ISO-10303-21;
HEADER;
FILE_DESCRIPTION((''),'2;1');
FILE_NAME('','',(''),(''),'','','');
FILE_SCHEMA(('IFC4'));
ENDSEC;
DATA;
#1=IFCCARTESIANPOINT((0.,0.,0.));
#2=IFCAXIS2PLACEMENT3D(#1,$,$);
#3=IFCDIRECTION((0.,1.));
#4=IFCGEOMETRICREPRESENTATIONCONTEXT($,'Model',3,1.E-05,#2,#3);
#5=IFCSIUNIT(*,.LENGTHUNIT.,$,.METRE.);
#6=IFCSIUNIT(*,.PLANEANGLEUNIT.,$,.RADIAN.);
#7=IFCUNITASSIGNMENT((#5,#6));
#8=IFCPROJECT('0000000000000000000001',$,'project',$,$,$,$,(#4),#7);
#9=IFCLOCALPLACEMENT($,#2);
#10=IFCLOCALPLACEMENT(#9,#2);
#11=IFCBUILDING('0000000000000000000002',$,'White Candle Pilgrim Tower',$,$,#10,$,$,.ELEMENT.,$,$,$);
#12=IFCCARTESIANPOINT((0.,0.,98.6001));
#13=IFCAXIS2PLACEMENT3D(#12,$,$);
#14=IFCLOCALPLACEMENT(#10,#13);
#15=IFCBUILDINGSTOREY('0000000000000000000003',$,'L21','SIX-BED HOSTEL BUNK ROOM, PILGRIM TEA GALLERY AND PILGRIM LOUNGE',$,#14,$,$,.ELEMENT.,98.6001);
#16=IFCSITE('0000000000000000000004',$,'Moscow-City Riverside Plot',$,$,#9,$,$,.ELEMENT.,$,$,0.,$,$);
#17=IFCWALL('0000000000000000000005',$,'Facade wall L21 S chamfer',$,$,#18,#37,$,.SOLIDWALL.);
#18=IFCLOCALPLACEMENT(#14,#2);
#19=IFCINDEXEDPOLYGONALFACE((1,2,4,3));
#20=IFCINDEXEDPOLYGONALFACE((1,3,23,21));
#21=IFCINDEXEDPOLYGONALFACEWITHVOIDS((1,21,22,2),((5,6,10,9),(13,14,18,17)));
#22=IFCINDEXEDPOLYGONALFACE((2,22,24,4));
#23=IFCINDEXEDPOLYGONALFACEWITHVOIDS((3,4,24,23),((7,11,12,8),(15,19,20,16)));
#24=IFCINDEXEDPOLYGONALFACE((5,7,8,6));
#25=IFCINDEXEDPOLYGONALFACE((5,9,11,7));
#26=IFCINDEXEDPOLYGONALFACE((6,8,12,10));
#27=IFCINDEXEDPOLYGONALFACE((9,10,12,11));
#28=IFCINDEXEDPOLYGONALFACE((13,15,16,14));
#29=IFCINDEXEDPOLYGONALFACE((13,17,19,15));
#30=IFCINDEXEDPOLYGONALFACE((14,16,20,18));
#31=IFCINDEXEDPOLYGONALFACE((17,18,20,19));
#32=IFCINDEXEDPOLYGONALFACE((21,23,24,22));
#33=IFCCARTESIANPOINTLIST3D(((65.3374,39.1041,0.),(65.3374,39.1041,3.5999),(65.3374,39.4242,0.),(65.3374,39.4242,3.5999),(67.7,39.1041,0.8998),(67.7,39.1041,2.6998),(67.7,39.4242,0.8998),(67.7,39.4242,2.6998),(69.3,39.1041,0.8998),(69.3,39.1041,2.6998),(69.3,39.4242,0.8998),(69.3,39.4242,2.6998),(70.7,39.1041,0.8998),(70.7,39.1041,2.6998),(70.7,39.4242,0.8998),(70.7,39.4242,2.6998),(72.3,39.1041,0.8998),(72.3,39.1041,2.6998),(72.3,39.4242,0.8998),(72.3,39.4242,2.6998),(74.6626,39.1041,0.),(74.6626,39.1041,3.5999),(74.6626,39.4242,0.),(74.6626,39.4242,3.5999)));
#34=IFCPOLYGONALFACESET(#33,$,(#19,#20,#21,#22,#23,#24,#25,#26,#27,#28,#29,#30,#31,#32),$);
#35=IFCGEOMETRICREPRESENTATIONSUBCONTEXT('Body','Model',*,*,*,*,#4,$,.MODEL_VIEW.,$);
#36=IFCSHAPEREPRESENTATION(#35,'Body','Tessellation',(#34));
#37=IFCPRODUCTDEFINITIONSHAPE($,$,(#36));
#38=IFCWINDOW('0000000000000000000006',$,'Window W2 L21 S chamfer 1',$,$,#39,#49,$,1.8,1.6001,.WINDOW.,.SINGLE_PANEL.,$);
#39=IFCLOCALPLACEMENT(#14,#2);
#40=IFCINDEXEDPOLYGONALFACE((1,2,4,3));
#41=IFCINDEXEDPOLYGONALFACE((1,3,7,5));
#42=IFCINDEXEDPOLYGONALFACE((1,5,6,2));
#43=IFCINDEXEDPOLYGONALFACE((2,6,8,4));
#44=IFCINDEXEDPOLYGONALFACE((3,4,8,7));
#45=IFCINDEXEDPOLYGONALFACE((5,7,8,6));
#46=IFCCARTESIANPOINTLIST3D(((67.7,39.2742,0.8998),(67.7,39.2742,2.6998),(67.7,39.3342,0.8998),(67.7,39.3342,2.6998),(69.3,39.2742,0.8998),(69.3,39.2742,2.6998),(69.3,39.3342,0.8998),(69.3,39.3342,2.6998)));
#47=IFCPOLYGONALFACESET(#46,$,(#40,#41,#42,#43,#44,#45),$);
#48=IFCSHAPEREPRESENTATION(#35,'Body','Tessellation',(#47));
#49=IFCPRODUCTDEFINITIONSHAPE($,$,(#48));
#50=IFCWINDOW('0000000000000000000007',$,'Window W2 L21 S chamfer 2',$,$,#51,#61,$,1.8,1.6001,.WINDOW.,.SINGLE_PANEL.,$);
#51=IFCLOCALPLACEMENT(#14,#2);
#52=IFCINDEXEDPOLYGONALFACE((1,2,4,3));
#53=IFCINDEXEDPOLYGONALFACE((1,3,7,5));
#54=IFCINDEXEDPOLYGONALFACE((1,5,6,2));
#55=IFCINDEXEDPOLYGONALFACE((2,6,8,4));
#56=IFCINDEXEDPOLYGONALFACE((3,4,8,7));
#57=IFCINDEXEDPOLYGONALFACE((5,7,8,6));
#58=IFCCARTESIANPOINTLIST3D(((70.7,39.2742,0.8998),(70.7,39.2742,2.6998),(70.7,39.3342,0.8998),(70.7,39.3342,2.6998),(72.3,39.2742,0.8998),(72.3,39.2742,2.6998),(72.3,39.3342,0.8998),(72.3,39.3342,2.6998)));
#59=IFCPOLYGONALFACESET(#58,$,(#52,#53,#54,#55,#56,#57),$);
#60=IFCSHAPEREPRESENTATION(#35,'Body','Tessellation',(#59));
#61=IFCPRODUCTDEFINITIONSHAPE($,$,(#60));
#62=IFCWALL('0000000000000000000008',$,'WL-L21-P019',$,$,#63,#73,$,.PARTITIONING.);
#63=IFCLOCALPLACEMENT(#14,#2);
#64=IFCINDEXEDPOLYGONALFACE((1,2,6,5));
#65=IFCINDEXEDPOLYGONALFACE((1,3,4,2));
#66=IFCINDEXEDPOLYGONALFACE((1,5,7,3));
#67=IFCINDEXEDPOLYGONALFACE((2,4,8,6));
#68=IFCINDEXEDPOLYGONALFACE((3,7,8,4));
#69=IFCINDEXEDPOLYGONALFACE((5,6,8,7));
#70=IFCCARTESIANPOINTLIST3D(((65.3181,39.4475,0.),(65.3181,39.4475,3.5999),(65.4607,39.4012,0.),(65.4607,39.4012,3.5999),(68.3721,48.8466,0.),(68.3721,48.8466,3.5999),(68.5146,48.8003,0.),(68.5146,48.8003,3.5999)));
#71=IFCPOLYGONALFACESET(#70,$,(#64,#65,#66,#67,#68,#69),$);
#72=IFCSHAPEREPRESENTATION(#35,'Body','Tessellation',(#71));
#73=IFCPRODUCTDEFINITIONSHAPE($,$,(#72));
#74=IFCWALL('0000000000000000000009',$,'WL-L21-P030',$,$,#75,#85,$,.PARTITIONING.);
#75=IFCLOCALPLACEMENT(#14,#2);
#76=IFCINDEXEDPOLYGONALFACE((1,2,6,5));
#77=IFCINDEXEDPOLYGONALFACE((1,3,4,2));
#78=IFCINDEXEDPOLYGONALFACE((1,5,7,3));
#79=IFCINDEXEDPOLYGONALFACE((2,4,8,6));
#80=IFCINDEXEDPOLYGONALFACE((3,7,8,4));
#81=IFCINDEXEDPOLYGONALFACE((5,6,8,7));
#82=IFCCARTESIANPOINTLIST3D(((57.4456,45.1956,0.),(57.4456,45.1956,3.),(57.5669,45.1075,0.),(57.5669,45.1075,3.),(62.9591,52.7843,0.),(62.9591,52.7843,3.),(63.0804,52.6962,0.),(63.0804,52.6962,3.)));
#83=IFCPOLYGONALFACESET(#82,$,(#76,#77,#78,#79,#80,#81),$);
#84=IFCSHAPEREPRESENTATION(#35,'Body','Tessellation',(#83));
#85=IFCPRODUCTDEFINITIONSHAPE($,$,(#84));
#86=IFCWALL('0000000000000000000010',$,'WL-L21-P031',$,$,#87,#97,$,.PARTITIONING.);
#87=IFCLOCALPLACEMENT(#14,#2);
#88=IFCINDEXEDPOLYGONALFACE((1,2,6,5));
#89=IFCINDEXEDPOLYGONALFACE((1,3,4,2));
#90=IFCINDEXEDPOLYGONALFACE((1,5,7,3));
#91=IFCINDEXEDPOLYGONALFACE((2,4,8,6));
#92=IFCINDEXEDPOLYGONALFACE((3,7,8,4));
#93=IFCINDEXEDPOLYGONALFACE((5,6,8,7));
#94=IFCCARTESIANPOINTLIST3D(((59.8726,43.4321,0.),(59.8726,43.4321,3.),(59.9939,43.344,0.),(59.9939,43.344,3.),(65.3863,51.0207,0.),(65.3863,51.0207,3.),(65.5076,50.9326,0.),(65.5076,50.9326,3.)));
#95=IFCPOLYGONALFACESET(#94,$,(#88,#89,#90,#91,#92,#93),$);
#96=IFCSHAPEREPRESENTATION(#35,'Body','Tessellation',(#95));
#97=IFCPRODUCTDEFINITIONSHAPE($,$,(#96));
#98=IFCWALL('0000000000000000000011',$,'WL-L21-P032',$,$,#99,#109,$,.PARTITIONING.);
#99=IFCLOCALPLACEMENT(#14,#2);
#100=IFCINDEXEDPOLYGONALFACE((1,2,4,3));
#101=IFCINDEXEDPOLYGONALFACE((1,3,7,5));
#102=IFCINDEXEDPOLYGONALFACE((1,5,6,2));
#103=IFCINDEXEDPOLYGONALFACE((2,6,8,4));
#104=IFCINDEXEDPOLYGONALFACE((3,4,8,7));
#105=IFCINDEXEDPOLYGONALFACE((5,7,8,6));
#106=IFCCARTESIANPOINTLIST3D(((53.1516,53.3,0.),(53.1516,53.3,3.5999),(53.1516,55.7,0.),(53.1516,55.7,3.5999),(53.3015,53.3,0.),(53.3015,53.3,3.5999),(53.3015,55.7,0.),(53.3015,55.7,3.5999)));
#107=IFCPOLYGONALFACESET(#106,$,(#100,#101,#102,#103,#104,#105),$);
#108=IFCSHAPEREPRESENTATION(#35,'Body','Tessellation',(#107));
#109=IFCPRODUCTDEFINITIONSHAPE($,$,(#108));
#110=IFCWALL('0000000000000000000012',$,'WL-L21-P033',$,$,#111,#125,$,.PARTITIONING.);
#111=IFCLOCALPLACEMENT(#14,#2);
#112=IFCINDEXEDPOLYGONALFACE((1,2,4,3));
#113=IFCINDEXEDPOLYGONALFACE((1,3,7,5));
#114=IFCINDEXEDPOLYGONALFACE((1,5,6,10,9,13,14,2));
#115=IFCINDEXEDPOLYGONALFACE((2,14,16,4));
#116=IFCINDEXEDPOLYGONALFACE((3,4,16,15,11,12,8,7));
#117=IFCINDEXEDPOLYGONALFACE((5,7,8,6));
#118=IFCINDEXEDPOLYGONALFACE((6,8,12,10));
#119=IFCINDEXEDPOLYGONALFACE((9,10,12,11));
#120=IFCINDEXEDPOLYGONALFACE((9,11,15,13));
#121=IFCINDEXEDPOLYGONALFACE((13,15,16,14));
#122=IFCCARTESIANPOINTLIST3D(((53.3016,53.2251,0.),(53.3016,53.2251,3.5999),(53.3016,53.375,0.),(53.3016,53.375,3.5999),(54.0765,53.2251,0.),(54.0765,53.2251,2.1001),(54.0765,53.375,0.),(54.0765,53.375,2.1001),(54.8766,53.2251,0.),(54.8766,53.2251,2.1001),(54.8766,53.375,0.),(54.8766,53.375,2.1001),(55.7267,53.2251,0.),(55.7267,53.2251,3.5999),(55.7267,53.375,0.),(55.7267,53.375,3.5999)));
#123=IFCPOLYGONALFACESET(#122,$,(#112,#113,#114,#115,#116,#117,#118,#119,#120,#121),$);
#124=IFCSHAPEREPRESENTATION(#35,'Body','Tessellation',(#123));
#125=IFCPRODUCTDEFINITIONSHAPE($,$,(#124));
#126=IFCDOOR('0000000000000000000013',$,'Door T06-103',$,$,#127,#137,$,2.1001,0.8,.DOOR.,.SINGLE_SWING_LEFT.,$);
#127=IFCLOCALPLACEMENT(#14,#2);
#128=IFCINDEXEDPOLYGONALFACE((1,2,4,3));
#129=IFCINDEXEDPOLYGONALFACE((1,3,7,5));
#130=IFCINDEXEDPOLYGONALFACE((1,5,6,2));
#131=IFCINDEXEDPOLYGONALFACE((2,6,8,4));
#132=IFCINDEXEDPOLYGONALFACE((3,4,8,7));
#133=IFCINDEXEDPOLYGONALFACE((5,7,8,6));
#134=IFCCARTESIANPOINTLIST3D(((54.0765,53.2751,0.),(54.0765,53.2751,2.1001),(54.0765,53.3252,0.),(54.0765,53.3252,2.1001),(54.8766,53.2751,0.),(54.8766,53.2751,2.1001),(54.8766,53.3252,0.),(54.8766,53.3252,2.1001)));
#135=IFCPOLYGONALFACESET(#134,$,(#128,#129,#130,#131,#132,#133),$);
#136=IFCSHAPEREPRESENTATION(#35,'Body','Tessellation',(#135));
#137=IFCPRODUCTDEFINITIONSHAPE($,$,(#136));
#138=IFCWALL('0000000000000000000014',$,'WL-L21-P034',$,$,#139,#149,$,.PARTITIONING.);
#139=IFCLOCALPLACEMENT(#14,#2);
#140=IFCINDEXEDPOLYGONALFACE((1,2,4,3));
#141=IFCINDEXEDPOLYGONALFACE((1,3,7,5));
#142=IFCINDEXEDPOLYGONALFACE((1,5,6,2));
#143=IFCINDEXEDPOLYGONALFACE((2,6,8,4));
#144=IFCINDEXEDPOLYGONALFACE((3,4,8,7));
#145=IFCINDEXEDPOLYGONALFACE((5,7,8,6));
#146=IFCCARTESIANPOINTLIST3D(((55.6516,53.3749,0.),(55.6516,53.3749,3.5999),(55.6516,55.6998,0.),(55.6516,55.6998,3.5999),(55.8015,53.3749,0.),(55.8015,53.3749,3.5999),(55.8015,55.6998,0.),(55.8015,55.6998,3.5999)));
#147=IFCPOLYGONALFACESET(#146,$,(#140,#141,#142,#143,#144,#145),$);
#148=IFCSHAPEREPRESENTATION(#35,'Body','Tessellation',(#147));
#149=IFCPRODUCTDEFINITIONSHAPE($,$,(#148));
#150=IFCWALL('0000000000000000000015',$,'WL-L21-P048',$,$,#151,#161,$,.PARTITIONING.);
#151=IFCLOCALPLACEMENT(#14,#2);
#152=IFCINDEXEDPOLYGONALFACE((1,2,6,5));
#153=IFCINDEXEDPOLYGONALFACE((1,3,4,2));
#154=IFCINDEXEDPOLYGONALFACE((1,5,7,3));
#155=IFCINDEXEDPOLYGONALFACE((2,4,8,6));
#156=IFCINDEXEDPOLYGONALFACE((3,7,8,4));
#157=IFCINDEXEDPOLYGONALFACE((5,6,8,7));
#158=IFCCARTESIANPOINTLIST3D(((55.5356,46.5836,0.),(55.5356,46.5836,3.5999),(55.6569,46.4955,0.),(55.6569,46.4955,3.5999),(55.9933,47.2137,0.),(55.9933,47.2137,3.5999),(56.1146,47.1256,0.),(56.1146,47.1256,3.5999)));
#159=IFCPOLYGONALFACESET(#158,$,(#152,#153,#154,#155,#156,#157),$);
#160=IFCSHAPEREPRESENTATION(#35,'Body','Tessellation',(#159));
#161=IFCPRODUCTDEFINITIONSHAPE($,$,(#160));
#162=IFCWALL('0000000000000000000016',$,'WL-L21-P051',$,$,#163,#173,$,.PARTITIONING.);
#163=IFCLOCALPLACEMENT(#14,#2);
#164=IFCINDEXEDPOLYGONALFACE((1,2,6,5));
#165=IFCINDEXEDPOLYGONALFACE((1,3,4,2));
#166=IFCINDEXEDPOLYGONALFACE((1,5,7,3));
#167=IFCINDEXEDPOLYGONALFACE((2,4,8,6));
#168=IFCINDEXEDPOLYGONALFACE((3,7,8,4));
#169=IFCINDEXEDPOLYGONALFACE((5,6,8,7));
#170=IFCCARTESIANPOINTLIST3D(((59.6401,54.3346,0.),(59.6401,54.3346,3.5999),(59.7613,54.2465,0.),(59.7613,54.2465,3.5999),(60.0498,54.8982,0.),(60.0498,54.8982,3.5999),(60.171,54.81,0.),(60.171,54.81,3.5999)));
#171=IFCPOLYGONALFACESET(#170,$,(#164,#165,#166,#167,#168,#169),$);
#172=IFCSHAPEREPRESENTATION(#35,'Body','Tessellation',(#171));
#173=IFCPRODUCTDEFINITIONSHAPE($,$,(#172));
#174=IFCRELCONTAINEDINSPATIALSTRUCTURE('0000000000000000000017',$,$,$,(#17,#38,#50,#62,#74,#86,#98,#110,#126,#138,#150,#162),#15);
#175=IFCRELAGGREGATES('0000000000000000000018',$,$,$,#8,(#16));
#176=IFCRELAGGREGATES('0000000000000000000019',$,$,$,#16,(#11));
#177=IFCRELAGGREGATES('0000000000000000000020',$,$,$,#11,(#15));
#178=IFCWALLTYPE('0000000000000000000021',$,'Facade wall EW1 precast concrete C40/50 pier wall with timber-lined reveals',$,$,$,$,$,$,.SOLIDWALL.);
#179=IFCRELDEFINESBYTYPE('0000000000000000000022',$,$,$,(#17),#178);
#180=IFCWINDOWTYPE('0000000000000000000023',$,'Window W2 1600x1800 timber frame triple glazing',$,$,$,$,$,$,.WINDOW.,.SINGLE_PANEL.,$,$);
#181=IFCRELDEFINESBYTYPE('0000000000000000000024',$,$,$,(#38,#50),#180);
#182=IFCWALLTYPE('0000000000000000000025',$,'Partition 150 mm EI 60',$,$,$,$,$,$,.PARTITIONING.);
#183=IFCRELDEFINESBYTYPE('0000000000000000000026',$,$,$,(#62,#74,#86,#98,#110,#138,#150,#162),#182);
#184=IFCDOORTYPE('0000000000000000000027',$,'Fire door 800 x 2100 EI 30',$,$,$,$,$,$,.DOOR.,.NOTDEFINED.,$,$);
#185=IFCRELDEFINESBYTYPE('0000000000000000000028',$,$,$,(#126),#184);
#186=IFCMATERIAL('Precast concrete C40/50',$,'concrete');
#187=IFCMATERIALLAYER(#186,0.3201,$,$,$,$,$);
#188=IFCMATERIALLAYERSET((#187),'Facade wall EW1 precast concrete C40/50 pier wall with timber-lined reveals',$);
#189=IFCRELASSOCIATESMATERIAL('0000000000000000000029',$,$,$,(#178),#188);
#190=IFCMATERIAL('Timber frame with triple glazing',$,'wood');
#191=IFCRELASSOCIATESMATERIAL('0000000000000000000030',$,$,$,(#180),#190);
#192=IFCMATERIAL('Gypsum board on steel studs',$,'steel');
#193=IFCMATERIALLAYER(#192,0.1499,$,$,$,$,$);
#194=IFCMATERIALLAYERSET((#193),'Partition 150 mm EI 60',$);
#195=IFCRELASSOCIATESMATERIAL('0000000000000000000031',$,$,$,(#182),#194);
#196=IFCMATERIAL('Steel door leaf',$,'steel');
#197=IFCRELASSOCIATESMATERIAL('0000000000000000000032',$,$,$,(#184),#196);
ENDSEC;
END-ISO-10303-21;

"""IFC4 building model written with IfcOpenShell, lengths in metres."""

from ifc_helpers import new_model, si_unit, direction, frame, frame_2d, origin, place, context, subcontext, project, spatial, rectangle, extrude, material, layer, layer_set, type_object, element, fill, save


model = new_model("IFC4")

# Units and contexts
model_context = context("Model", 3, precision=1e-05, world=origin(), true_north=direction((0.0, 1.0)))
body_context = subcontext(model_context, "Body", "Model", "MODEL_VIEW")
ifc_project = project(units=[si_unit("LENGTHUNIT", "METRE"), si_unit("PLANEANGLEUNIT", "RADIAN")], contexts=[model_context])

# Site, building, storey
site_placement = place(None, origin())
site = spatial("IfcSite", under=ifc_project, at=site_placement, Name="Moscow-City Riverside Plot", CompositionType="ELEMENT", RefElevation=0.0)
building_placement = place(site_placement, origin())
building = spatial("IfcBuilding", under=site, at=building_placement, Name="White Candle Pilgrim Tower", CompositionType="ELEMENT")
storey_placement = place(building_placement, frame((0.0, 0.0, 98.6001)))
storey = spatial("IfcBuildingStorey", under=building, at=storey_placement, Name="L21", Description="SIX-BED HOSTEL BUNK ROOM, PILGRIM TEA GALLERY AND PILGRIM LOUNGE", CompositionType="ELEMENT", Elevation=98.6001)

# Wall, openings, windows
ifc_material_1 = material(Name="Precast concrete C40/50", Category="concrete")
ifc_layer_1 = layer(ifc_material_1, 0.3201)
ifc_layer_set_1 = layer_set([ifc_layer_1], Name="Facade wall EW1 precast concrete C40/50 pier wall with timber-lined reveals")
wall_type_1 = type_object("IfcWallType", Name="Facade wall EW1 precast concrete C40/50 pier wall with timber-lined reveals", PredefinedType="SOLIDWALL", material=ifc_layer_set_1)
wall_1_placement = place(storey_placement, frame((65.3374, 39.2642, 0.0), z_axis=(0.0, 0.0, 1.0), x_axis=(1.0, 0.0, 0.0)))
wall_1 = element("IfcWall", 1, at=wall_1_placement, inside=storey, type_object=wall_type_1, Name="Facade wall L21 S chamfer", PredefinedType="SOLIDWALL", context=body_context, shape_type="SweptSolid", body=[
    extrude(rectangle(XDim=9.3252, YDim=0.3201, at=frame_2d((4.6626, 0.0))), origin(), (0.0, 0.0, 1.0), 3.5999),
])
opening_1_placement = place(wall_1_placement, frame((2.3625, 0.0, 0.8999)))
opening_1 = element("IfcOpeningElement", 2, at=opening_1_placement, cuts=wall_1, PredefinedType="OPENING", context=body_context, shape_type="SweptSolid", body=[
    extrude(rectangle(XDim=1.6001, YDim=1.8, at=frame_2d((0.8, 0.8999))), frame((0.0, 0.1699, 0.0), z_axis=(0.0, -1.0, 0.0), x_axis=(1.0, 0.0, 0.0)), (0.0, 0.0, 1.0), 0.3401),
])
opening_2_placement = place(wall_1_placement, frame((5.3625, 0.0, 0.8999)))
opening_2 = element("IfcOpeningElement", 3, at=opening_2_placement, cuts=wall_1, PredefinedType="OPENING", context=body_context, shape_type="SweptSolid", body=[
    extrude(rectangle(XDim=1.6001, YDim=1.8, at=frame_2d((0.8, 0.8999))), frame((0.0, 0.1699, 0.0), z_axis=(0.0, -1.0, 0.0), x_axis=(1.0, 0.0, 0.0)), (0.0, 0.0, 1.0), 0.3401),
])
ifc_material_2 = material(Name="Timber frame with triple glazing", Category="wood")
window_type = type_object("IfcWindowType", Name="Window W2 1600x1800 timber frame triple glazing", PartitioningType="SINGLE_PANEL", PredefinedType="WINDOW", material=ifc_material_2)
window_1_placement = place(opening_1_placement, origin())
window_1 = element("IfcWindow", 4, at=window_1_placement, inside=storey, type_object=window_type, Name="Window W2 L21 S chamfer 1", OverallHeight=1.8, OverallWidth=1.6001, PartitioningType="SINGLE_PANEL", PredefinedType="WINDOW", context=body_context, shape_type="SweptSolid", body=[
    extrude(rectangle(XDim=1.6001, YDim=1.8, at=frame_2d((0.8, 0.8999))), frame((0.0, 0.0701, 0.0), z_axis=(0.0, -1.0, 0.0), x_axis=(1.0, 0.0, 0.0)), (0.0, 0.0, 1.0), 0.0601),
])
fill(opening_1, window_1)
window_2_placement = place(opening_2_placement, origin())
window_2 = element("IfcWindow", 5, at=window_2_placement, inside=storey, type_object=window_type, Name="Window W2 L21 S chamfer 2", OverallHeight=1.8, OverallWidth=1.6001, PartitioningType="SINGLE_PANEL", PredefinedType="WINDOW", context=body_context, shape_type="SweptSolid", body=[
    extrude(rectangle(XDim=1.6001, YDim=1.8, at=frame_2d((0.8, 0.8999))), frame((0.0, 0.0701, 0.0), z_axis=(0.0, -1.0, 0.0), x_axis=(1.0, 0.0, 0.0)), (0.0, 0.0, 1.0), 0.0601),
])
fill(opening_2, window_2)

# Walls
ifc_material_3 = material(Name="Gypsum board on steel studs", Category="steel")
ifc_layer_2 = layer(ifc_material_3, 0.1499)
ifc_layer_set_2 = layer_set([ifc_layer_2], Name="Partition 150 mm EI 60")
wall_type_2 = type_object("IfcWallType", Name="Partition 150 mm EI 60", PredefinedType="PARTITIONING", material=ifc_layer_set_2)
wall_2_placement = place(storey_placement, frame((65.3894, 39.4243, 0.0), z_axis=(0.0, 0.0, 1.0), x_axis=(0.309015, 0.951057, 0.0)))
element("IfcWall", 6, at=wall_2_placement, inside=storey, type_object=wall_type_2, Name="WL-L21-P019", PredefinedType="PARTITIONING", context=body_context, shape_type="SweptSolid", body=[
    extrude(rectangle(XDim=9.8828, YDim=0.1499, at=frame_2d((4.9414, 0.0))), origin(), (0.0, 0.0, 1.0), 3.5999),
])
for number, where, z_axis, x_axis, name in (
    (7, (57.5063, 45.1516, 0.0), (0.0, 0.0, 1.0), (0.587783, 0.809018, 0.0), "WL-L21-P030"),
    (8, (59.9333, 43.3882, 0.0), (0.0, 0.0, 1.0), (0.5878, 0.809006, 0.0), "WL-L21-P031"),
):
    element("IfcWall", number, at=place(storey_placement, frame(where, z_axis=z_axis, x_axis=x_axis)), inside=storey, type_object=wall_type_2, Name=name, PredefinedType="PARTITIONING", context=body_context, shape_type="SweptSolid", body=[
        extrude(rectangle(XDim=9.3801, YDim=0.1499, at=frame_2d((4.6899, 0.0))), origin(), (0.0, 0.0, 1.0), 3.0),
    ])
wall_3_placement = place(storey_placement, frame((53.2266, 55.7, 0.0), z_axis=(0.0, 0.0, 1.0), x_axis=(0.0, -1.0, 0.0)))
element("IfcWall", 9, at=wall_3_placement, inside=storey, type_object=wall_type_2, Name="WL-L21-P032", PredefinedType="PARTITIONING", context=body_context, shape_type="SweptSolid", body=[
    extrude(rectangle(XDim=2.3999, YDim=0.1499, at=frame_2d((1.2, 0.0))), origin(), (0.0, 0.0, 1.0), 3.5999),
])

# Wall, opening, door
wall_4_placement = place(storey_placement, frame((55.7266, 53.3, 0.0), z_axis=(0.0, 0.0, 1.0), x_axis=(-1.0, 0.0, 0.0)))
wall_4 = element("IfcWall", 10, at=wall_4_placement, inside=storey, type_object=wall_type_2, Name="WL-L21-P033", PredefinedType="PARTITIONING", context=body_context, shape_type="SweptSolid", body=[
    extrude(rectangle(XDim=2.425, YDim=0.1499, at=frame_2d((1.2124, 0.0))), origin(), (0.0, 0.0, 1.0), 3.5999),
])
opening_3_placement = place(wall_4_placement, frame((0.8501, 0.0, 0.0)))
opening_3 = element("IfcOpeningElement", 11, at=opening_3_placement, cuts=wall_4, PredefinedType="OPENING", context=body_context, shape_type="SweptSolid", body=[
    extrude(rectangle(XDim=0.8, YDim=2.1001, at=frame_2d((0.3999, 1.05))), frame((0.0, 0.085, 0.0), z_axis=(0.0, -1.0, 0.0), x_axis=(1.0, 0.0, 0.0)), (0.0, 0.0, 1.0), 0.1699),
])
ifc_material_4 = material(Name="Steel door leaf", Category="steel")
door_type = type_object("IfcDoorType", Name="Fire door 800 x 2100 EI 30", OperationType="NOTDEFINED", PredefinedType="DOOR", material=ifc_material_4)
door_placement = place(opening_3_placement, origin())
door = element("IfcDoor", 12, at=door_placement, inside=storey, type_object=door_type, Name="Door T06-103", OperationType="SINGLE_SWING_LEFT", OverallHeight=2.1001, OverallWidth=0.8, PredefinedType="DOOR", context=body_context, shape_type="SweptSolid", body=[
    extrude(rectangle(XDim=0.8, YDim=2.1001, at=frame_2d((0.3999, 1.05))), frame((0.0, 0.0249, 0.0), z_axis=(0.0, -1.0, 0.0), x_axis=(1.0, 0.0, 0.0)), (0.0, 0.0, 1.0), 0.05),
])
fill(opening_3, door)

# Walls
wall_5_placement = place(storey_placement, frame((55.7266, 55.7, 0.0), z_axis=(0.0, 0.0, 1.0), x_axis=(0.0, -1.0, 0.0)))
element("IfcWall", 13, at=wall_5_placement, inside=storey, type_object=wall_type_2, Name="WL-L21-P034", PredefinedType="PARTITIONING", context=body_context, shape_type="SweptSolid", body=[
    extrude(rectangle(XDim=2.325, YDim=0.1499, at=frame_2d((1.1626, 0.0))), origin(), (0.0, 0.0, 1.0), 3.5999),
])
wall_6_placement = place(storey_placement, frame((56.054, 47.1697, 0.0), z_axis=(0.0, 0.0, 1.0), x_axis=(-0.587743, -0.809048, 0.0)))
element("IfcWall", 14, at=wall_6_placement, inside=storey, type_object=wall_type_2, Name="WL-L21-P048", PredefinedType="PARTITIONING", context=body_context, shape_type="SweptSolid", body=[
    extrude(rectangle(XDim=0.7788, YDim=0.1499, at=frame_2d((0.3894, 0.0))), origin(), (0.0, 0.0, 1.0), 3.5999),
])
wall_7_placement = place(storey_placement, frame((59.7007, 54.2905, 0.0), z_axis=(0.0, 0.0, 1.0), x_axis=(0.588047, 0.808827, 0.0)))
element("IfcWall", 15, at=wall_7_placement, inside=storey, type_object=wall_type_2, Name="WL-L21-P051", PredefinedType="PARTITIONING", context=body_context, shape_type="SweptSolid", body=[
    extrude(rectangle(XDim=0.6968, YDim=0.1499, at=frame_2d((0.3484, 0.0))), origin(), (0.0, 0.0, 1.0), 3.5999),
])

save(model, "model.ifc")
